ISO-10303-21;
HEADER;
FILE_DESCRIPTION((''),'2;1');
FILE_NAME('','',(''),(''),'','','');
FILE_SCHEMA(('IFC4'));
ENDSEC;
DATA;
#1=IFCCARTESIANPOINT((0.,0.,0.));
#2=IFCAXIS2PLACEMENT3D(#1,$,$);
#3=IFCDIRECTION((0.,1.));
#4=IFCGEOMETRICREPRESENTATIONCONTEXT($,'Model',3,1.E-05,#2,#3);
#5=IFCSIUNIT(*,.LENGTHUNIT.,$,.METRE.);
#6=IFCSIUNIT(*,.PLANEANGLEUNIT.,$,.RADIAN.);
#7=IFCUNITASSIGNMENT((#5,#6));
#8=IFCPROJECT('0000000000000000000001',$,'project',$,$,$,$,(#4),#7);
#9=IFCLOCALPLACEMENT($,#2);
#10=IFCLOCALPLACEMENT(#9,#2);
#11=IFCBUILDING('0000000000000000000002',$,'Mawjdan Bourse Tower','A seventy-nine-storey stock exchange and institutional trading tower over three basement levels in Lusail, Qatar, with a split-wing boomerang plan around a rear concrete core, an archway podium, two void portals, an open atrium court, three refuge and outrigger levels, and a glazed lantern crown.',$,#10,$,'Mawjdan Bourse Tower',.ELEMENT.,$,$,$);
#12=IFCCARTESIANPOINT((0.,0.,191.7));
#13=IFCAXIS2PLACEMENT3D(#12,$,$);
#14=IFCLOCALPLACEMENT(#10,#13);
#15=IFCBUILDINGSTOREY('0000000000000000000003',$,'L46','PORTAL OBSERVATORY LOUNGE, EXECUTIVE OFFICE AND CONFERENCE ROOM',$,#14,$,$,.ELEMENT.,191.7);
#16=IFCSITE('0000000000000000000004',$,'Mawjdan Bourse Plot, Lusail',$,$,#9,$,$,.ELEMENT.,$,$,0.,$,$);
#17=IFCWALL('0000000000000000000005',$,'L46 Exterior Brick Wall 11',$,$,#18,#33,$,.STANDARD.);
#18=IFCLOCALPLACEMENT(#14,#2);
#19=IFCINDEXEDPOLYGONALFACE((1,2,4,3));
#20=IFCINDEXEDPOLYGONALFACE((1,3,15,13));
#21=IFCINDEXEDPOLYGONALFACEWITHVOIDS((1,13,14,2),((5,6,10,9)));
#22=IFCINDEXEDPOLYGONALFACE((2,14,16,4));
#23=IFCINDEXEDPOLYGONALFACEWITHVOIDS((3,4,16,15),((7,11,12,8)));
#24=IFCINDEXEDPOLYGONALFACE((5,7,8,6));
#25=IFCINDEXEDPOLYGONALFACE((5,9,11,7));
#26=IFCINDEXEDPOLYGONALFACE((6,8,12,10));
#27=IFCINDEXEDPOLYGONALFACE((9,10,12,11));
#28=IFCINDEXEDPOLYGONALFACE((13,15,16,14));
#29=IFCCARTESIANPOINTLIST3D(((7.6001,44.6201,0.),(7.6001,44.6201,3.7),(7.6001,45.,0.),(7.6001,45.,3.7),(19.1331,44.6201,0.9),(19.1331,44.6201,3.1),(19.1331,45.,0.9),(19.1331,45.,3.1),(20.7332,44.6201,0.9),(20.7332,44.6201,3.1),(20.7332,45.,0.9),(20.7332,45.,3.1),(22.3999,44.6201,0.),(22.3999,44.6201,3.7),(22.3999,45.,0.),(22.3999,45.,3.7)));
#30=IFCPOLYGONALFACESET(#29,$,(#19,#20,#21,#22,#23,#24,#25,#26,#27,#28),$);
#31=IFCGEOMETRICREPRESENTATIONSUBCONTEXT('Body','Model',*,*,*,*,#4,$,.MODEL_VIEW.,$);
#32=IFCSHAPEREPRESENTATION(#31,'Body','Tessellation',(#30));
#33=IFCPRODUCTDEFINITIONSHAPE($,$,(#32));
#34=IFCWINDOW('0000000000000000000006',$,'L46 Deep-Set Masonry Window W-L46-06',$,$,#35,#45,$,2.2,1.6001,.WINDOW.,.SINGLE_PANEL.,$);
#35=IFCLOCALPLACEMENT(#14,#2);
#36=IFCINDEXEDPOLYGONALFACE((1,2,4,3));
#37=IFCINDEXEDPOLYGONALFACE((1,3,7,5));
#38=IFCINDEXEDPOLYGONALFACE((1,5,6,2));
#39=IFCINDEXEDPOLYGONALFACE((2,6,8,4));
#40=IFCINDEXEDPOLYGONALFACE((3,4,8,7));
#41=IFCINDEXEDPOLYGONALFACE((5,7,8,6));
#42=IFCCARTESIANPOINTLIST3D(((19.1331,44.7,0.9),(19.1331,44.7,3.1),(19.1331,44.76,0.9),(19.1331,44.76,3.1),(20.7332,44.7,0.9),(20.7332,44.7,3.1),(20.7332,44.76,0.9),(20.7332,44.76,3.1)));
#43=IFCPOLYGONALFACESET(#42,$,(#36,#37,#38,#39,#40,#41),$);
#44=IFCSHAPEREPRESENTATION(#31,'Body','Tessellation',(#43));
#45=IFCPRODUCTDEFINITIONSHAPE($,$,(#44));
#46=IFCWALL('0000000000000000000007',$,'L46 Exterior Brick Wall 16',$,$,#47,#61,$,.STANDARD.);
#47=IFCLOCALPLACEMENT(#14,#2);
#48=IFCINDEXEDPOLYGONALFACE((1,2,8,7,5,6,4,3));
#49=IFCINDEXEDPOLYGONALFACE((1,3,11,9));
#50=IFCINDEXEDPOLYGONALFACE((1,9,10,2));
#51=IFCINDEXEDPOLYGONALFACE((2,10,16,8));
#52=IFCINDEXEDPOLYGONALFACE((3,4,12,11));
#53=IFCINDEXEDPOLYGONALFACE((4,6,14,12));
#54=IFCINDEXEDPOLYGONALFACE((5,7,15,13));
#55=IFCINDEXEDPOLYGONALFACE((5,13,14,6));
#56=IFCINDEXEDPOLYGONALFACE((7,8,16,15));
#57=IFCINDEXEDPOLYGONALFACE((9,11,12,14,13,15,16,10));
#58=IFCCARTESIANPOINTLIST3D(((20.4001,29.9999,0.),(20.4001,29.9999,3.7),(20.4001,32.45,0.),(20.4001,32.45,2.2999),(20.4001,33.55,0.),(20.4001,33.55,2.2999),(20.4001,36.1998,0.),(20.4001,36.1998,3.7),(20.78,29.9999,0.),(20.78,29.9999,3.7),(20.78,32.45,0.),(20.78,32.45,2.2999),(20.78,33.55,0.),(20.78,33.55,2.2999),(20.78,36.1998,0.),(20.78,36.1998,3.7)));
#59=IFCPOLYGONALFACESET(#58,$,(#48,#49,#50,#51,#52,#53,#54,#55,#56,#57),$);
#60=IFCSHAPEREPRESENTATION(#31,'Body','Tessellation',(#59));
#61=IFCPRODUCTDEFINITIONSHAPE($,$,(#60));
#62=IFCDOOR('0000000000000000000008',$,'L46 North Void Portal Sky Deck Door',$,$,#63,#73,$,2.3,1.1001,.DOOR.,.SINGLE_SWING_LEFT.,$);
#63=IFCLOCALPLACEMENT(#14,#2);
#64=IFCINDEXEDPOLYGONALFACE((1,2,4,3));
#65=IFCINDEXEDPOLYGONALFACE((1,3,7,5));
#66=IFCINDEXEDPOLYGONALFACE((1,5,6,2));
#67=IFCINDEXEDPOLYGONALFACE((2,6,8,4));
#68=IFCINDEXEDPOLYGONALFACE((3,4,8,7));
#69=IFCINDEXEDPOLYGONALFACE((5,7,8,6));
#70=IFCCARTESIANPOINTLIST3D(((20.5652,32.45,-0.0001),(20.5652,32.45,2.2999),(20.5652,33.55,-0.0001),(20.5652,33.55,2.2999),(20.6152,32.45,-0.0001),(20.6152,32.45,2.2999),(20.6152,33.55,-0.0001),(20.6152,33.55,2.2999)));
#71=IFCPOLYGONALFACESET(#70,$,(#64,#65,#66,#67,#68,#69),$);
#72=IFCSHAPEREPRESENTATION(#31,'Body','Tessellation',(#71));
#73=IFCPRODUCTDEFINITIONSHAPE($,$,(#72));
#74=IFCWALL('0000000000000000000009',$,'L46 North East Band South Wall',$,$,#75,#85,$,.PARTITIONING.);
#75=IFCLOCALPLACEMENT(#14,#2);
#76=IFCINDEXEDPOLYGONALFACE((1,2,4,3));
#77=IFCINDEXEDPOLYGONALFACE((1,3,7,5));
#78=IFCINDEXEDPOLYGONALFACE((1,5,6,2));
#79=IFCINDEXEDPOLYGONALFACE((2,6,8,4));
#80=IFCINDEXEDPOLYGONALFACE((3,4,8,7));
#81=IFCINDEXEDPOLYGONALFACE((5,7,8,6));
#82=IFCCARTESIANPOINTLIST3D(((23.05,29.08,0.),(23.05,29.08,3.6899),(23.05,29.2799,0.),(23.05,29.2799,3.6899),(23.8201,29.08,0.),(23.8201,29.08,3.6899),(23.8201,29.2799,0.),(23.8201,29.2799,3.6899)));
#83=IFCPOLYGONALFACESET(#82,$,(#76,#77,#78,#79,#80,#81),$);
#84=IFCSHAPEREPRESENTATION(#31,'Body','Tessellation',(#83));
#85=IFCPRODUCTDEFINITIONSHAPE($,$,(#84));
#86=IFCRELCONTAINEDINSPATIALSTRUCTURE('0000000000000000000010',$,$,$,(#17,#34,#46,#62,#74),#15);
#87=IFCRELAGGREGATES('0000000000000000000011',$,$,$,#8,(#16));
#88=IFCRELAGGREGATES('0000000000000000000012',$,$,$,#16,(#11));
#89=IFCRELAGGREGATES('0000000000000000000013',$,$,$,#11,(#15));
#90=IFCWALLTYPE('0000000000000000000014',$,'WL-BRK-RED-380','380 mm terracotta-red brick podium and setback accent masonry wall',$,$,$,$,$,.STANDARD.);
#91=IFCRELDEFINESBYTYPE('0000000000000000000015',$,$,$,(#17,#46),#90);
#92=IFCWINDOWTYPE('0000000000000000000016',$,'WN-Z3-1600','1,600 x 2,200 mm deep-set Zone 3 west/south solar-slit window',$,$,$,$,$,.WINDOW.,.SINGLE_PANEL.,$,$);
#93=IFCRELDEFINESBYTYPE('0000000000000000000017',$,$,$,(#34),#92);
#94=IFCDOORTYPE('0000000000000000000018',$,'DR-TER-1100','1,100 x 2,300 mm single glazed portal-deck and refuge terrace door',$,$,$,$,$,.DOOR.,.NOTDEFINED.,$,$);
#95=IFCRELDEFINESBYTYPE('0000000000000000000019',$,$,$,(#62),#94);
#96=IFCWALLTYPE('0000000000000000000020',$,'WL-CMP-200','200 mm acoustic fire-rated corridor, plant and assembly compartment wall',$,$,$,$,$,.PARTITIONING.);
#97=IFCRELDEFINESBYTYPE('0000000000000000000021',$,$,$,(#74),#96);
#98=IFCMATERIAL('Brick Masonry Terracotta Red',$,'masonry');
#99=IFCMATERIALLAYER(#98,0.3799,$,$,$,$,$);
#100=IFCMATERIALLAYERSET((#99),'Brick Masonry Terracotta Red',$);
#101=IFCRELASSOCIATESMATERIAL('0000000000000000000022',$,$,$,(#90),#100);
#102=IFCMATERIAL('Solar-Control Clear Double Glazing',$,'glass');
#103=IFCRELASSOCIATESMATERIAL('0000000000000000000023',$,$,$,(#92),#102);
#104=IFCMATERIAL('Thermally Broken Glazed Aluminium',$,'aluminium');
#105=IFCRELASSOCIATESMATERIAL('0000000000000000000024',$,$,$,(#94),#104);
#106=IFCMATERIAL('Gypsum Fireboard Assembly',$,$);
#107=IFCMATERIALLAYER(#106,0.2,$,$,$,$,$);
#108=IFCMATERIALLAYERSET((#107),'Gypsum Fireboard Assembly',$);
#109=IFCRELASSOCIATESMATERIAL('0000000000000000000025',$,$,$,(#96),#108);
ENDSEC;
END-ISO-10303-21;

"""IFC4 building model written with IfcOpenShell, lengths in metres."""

from ifc_helpers import new_model, si_unit, direction, frame, frame_2d, origin, place, context, subcontext, project, spatial, rectangle, extrude, material, layer, layer_set, type_object, element, fill, save


model = new_model("IFC4")

# Units and contexts
model_context = context("Model", 3, precision=1e-05, world=origin(), true_north=direction((0.0, 1.0)))
body_context = subcontext(model_context, "Body", "Model", "MODEL_VIEW")
ifc_project = project(units=[si_unit("LENGTHUNIT", "METRE"), si_unit("PLANEANGLEUNIT", "RADIAN")], contexts=[model_context])

# Site, building, storey
site_placement = place(None, origin())
site = spatial("IfcSite", under=ifc_project, at=site_placement, Name="Mawjdan Bourse Plot, Lusail", CompositionType="ELEMENT", RefElevation=0.0)
building_placement = place(site_placement, origin())
building = spatial("IfcBuilding", under=site, at=building_placement, Name="Mawjdan Bourse Tower", Description="A seventy-nine-storey stock exchange and institutional trading tower over three basement levels in Lusail, Qatar, with a split-wing boomerang plan around a rear concrete core, an archway podium, two void portals, an open atrium court, three refuge and outrigger levels, and a glazed lantern crown.", LongName="Mawjdan Bourse Tower", CompositionType="ELEMENT")
storey_placement = place(building_placement, frame((0.0, 0.0, 191.7)))
storey = spatial("IfcBuildingStorey", under=building, at=storey_placement, Name="L46", Description="PORTAL OBSERVATORY LOUNGE, EXECUTIVE OFFICE AND CONFERENCE ROOM", CompositionType="ELEMENT", Elevation=191.7)

# Shared definitions
ifc_material_1 = material(Name="Brick Masonry Terracotta Red", Category="masonry")
ifc_layer_1 = layer(ifc_material_1, 0.3799)
ifc_layer_set_1 = layer_set([ifc_layer_1], Name="Brick Masonry Terracotta Red")
wall_type_1 = type_object("IfcWallType", Name="WL-BRK-RED-380", Description="380 mm terracotta-red brick podium and setback accent masonry wall", PredefinedType="STANDARD", material=ifc_layer_set_1)

# Wall, opening, window
wall_1_placement = place(storey_placement, frame((22.3999, 44.8101, 0.0), z_axis=(0.0, 0.0, 1.0), x_axis=(-1.0, 0.0, 0.0)))
wall_1 = element("IfcWall", 1, at=wall_1_placement, inside=storey, type_object=wall_type_1, Name="L46 Exterior Brick Wall 11", PredefinedType="STANDARD", context=body_context, shape_type="SweptSolid", body=[
    extrude(rectangle(XDim=14.7998, YDim=0.3799, at=frame_2d((7.3999, 0.0))), origin(), (0.0, 0.0, 1.0), 3.7),
])
opening_1_placement = place(wall_1_placement, frame((1.6667, 0.0, 0.8999)))
opening_1 = element("IfcOpeningElement", 2, at=opening_1_placement, cuts=wall_1, PredefinedType="OPENING", context=body_context, shape_type="SweptSolid", body=[
    extrude(rectangle(XDim=1.6001, YDim=2.2, at=frame_2d((0.8, 1.1001))), frame((0.0, 0.2, 0.0), z_axis=(0.0, -1.0, 0.0), x_axis=(1.0, 0.0, 0.0)), (0.0, 0.0, 1.0), 0.3999),
])
ifc_material_2 = material(Name="Solar-Control Clear Double Glazing", Category="glass")
window_type = type_object("IfcWindowType", Name="WN-Z3-1600", Description="1,600 x 2,200 mm deep-set Zone 3 west/south solar-slit window", PartitioningType="SINGLE_PANEL", PredefinedType="WINDOW", material=ifc_material_2)
window_placement = place(opening_1_placement, origin())
window = element("IfcWindow", 3, at=window_placement, inside=storey, type_object=window_type, Name="L46 Deep-Set Masonry Window W-L46-06", OverallHeight=2.2, OverallWidth=1.6001, PartitioningType="SINGLE_PANEL", PredefinedType="WINDOW", context=body_context, shape_type="SweptSolid", body=[
    extrude(rectangle(XDim=1.6001, YDim=2.2, at=frame_2d((0.8, 1.1001))), frame((0.0, 0.1101, 0.0), z_axis=(0.0, -1.0, 0.0), x_axis=(1.0, 0.0, 0.0)), (0.0, 0.0, 1.0), 0.0601),
])
fill(opening_1, window)

# Wall, opening, door
wall_2_placement = place(storey_placement, frame((20.5901, 36.2, 0.0), z_axis=(0.0, 0.0, 1.0), x_axis=(0.0, -1.0, 0.0)))
wall_2 = element("IfcWall", 4, at=wall_2_placement, inside=storey, type_object=wall_type_1, Name="L46 Exterior Brick Wall 16", PredefinedType="STANDARD", context=body_context, shape_type="SweptSolid", body=[
    extrude(rectangle(XDim=6.2, YDim=0.3799, at=frame_2d((3.1001, 0.0))), origin(), (0.0, 0.0, 1.0), 3.7),
])
opening_2_placement = place(wall_2_placement, frame((2.6499, 0.0, 0.0)))
opening_2 = element("IfcOpeningElement", 5, at=opening_2_placement, cuts=wall_2, PredefinedType="OPENING", context=body_context, shape_type="SweptSolid", body=[
    extrude(rectangle(XDim=1.1001, YDim=2.3, at=frame_2d((0.55, 1.1499))), frame((0.0, 0.2, 0.0), z_axis=(0.0, -1.0, 0.0), x_axis=(1.0, 0.0, 0.0)), (0.0, 0.0, 1.0), 0.3999),
])
ifc_material_3 = material(Name="Thermally Broken Glazed Aluminium", Category="aluminium")
door_type_1 = type_object("IfcDoorType", Name="DR-TER-1100", Description="1,100 x 2,300 mm single glazed portal-deck and refuge terrace door", OperationType="NOTDEFINED", PredefinedType="DOOR", material=ifc_material_3)
door_1_placement = place(opening_2_placement, frame((1.1001, 0.0, 0.0), z_axis=(0.0, 0.0, 1.0), x_axis=(-1.0, 0.0, 0.0)))
door_1 = element("IfcDoor", 6, at=door_1_placement, inside=storey, type_object=door_type_1, Name="L46 North Void Portal Sky Deck Door", OperationType="SINGLE_SWING_LEFT", OverallHeight=2.3, OverallWidth=1.1001, PredefinedType="DOOR", context=body_context, shape_type="SweptSolid", body=[
    extrude(rectangle(XDim=1.1001, YDim=2.3, at=frame_2d((0.55, 1.1499))), frame((0.0, 0.0249, 0.0), z_axis=(0.0, -1.0, 0.0), x_axis=(1.0, 0.0, 0.0)), (0.0, 0.0, 1.0), 0.05),
])
fill(opening_2, door_1)

# Wall
ifc_material_4 = material(Name="Gypsum Fireboard Assembly")
ifc_layer_2 = layer(ifc_material_4, 0.2)
ifc_layer_set_2 = layer_set([ifc_layer_2], Name="Gypsum Fireboard Assembly")
wall_type_2 = type_object("IfcWallType", Name="WL-CMP-200", Description="200 mm acoustic fire-rated corridor, plant and assembly compartment wall", PredefinedType="PARTITIONING", material=ifc_layer_set_2)
wall_3_placement = place(storey_placement, frame((23.05, 29.1799, 0.0), z_axis=(0.0, 0.0, 1.0), x_axis=(1.0, 0.0, 0.0)))
element("IfcWall", 7, at=wall_3_placement, inside=storey, type_object=wall_type_2, Name="L46 North East Band South Wall", PredefinedType="PARTITIONING", context=body_context, shape_type="SweptSolid", body=[
    extrude(rectangle(XDim=0.77, YDim=0.2, at=frame_2d((0.385, 0.0))), origin(), (0.0, 0.0, 1.0), 3.6899),
])

save(model, "model.ifc")
